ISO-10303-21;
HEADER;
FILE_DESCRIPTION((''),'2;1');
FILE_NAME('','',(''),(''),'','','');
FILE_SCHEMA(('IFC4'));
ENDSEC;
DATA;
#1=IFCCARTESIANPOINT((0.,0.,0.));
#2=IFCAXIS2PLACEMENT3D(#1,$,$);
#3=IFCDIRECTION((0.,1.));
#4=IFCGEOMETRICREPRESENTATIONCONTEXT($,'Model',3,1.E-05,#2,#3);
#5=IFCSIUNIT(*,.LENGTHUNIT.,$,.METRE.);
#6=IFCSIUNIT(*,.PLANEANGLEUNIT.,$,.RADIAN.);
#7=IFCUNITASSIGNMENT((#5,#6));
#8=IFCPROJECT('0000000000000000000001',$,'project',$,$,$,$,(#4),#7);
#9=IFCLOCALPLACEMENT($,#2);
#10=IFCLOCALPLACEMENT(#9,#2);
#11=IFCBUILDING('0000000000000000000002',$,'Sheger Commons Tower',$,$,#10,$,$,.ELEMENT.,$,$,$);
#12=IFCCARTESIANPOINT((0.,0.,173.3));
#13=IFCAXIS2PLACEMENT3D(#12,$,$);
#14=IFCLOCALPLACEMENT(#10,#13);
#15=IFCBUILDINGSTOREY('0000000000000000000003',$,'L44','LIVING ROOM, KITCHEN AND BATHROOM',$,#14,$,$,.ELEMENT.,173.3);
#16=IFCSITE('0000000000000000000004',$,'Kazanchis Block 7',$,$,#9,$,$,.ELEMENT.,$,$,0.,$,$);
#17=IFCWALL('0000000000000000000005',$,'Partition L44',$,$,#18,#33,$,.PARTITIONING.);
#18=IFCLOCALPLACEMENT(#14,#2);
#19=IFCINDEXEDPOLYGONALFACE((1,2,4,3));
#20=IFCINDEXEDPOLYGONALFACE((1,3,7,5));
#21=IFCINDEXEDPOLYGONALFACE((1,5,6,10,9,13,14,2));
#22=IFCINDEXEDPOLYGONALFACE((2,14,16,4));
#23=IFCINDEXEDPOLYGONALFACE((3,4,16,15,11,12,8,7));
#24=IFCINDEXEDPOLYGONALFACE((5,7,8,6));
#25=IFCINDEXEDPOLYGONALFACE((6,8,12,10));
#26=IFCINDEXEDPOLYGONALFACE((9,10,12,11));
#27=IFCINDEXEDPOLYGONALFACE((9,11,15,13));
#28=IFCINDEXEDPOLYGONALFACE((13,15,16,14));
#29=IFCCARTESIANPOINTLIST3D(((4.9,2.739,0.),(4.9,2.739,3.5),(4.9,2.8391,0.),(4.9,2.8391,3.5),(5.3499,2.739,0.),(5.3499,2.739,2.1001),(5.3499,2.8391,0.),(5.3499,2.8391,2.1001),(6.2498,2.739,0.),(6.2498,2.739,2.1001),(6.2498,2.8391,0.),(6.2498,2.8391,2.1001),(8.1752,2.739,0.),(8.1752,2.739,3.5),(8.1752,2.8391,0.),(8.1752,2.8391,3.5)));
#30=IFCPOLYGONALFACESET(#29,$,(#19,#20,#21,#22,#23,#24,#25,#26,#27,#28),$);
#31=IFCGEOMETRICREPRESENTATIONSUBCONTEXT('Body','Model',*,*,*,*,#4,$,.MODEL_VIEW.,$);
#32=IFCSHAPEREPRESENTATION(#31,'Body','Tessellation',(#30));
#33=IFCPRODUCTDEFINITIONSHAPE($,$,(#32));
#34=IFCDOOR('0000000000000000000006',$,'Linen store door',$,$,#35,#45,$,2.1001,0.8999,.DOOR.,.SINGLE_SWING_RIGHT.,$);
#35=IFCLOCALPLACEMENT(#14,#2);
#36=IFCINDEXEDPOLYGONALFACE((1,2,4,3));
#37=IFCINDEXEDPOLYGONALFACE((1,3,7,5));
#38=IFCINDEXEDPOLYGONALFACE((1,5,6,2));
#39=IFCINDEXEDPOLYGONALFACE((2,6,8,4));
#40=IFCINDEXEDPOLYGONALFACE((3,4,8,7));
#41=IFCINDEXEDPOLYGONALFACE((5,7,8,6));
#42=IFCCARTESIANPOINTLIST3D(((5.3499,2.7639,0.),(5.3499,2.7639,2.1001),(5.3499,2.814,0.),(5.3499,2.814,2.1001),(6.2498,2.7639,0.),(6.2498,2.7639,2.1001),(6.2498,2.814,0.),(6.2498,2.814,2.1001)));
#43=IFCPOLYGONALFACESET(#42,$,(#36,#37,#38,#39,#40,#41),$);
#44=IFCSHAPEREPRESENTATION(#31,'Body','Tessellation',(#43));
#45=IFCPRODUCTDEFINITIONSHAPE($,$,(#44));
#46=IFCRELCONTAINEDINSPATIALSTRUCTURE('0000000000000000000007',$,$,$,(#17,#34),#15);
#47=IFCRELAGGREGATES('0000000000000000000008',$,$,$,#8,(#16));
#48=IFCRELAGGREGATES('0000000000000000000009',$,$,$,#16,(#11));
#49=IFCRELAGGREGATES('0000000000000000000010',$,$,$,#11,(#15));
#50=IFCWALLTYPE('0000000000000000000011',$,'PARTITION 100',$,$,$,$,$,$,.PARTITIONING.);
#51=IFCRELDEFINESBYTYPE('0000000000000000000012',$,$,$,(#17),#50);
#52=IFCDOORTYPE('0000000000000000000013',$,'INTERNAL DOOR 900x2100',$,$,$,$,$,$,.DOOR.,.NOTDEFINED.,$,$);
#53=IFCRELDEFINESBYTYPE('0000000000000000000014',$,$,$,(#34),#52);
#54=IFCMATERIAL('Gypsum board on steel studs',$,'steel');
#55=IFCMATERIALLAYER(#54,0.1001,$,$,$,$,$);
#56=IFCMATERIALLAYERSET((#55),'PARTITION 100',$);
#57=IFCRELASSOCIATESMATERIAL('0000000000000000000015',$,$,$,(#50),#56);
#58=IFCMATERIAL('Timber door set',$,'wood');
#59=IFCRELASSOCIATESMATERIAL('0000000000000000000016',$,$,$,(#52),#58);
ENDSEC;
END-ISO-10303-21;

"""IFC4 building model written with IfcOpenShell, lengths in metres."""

from ifc_helpers import new_model, si_unit, direction, frame, frame_2d, origin, place, context, subcontext, project, spatial, rectangle, extrude, material, layer, layer_set, type_object, element, fill, save


model = new_model("IFC4")

# Units and contexts
model_context = context("Model", 3, precision=1e-05, world=origin(), true_north=direction((0.0, 1.0)))
body_context = subcontext(model_context, "Body", "Model", "MODEL_VIEW")
ifc_project = project(units=[si_unit("LENGTHUNIT", "METRE"), si_unit("PLANEANGLEUNIT", "RADIAN")], contexts=[model_context])

# Site, building, storey
site_placement = place(None, origin())
site = spatial("IfcSite", under=ifc_project, at=site_placement, Name="Kazanchis Block 7", CompositionType="ELEMENT", RefElevation=0.0)
building_placement = place(site_placement, origin())
building = spatial("IfcBuilding", under=site, at=building_placement, Name="Sheger Commons Tower", CompositionType="ELEMENT")
storey_placement = place(building_placement, frame((0.0, 0.0, 173.3)))
storey = spatial("IfcBuildingStorey", under=building, at=storey_placement, Name="L44", Description="LIVING ROOM, KITCHEN AND BATHROOM", CompositionType="ELEMENT", Elevation=173.3)

# Shared definitions
ifc_material_1 = material(Name="Gypsum board on steel studs", Category="steel")
ifc_layer = layer(ifc_material_1, 0.1001)
ifc_layer_set = layer_set([ifc_layer], Name="PARTITION 100")
wall_type = type_object("IfcWallType", Name="PARTITION 100", PredefinedType="PARTITIONING", material=ifc_layer_set)
ifc_material_2 = material(Name="Timber door set", Category="wood")
door_type = type_object("IfcDoorType", Name="INTERNAL DOOR 900x2100", OperationType="NOTDEFINED", PredefinedType="DOOR", material=ifc_material_2)

# Wall, opening, door
wall_1_placement = place(storey_placement, frame((4.8999, 2.7891, 0.0), z_axis=(0.0, 0.0, 1.0), x_axis=(1.0, 0.0, 0.0)))
wall_1 = element("IfcWall", 1, at=wall_1_placement, inside=storey, type_object=wall_type, Name="Partition L44", PredefinedType="PARTITIONING", context=body_context, shape_type="SweptSolid", body=[
    extrude(rectangle(XDim=3.2751, YDim=0.1001, at=frame_2d((1.6377, 0.0))), origin(), (0.0, 0.0, 1.0), 3.5),
])
opening_1_placement = place(wall_1_placement, frame((0.45, 0.0, 0.0)))
opening_1 = element("IfcOpeningElement", 2, at=opening_1_placement, cuts=wall_1, PredefinedType="OPENING", context=body_context, shape_type="SweptSolid", body=[
    extrude(rectangle(XDim=0.8999, YDim=2.1001, at=frame_2d((0.45, 1.05))), frame((0.0, 0.0601, 0.0), z_axis=(0.0, -1.0, 0.0), x_axis=(1.0, 0.0, 0.0)), (0.0, 0.0, 1.0), 0.1201),
])
door_1_placement = place(opening_1_placement, origin())
door_1 = element("IfcDoor", 3, at=door_1_placement, inside=storey, type_object=door_type, Name="Linen store door", OperationType="SINGLE_SWING_RIGHT", OverallHeight=2.1001, OverallWidth=0.8999, PredefinedType="DOOR", context=body_context, shape_type="SweptSolid", body=[
    extrude(rectangle(XDim=0.8999, YDim=2.1001, at=frame_2d((0.45, 1.05))), frame((0.0, 0.0249, 0.0), z_axis=(0.0, -1.0, 0.0), x_axis=(1.0, 0.0, 0.0)), (0.0, 0.0, 1.0), 0.05),
])
fill(opening_1, door_1)

save(model, "model.ifc")
